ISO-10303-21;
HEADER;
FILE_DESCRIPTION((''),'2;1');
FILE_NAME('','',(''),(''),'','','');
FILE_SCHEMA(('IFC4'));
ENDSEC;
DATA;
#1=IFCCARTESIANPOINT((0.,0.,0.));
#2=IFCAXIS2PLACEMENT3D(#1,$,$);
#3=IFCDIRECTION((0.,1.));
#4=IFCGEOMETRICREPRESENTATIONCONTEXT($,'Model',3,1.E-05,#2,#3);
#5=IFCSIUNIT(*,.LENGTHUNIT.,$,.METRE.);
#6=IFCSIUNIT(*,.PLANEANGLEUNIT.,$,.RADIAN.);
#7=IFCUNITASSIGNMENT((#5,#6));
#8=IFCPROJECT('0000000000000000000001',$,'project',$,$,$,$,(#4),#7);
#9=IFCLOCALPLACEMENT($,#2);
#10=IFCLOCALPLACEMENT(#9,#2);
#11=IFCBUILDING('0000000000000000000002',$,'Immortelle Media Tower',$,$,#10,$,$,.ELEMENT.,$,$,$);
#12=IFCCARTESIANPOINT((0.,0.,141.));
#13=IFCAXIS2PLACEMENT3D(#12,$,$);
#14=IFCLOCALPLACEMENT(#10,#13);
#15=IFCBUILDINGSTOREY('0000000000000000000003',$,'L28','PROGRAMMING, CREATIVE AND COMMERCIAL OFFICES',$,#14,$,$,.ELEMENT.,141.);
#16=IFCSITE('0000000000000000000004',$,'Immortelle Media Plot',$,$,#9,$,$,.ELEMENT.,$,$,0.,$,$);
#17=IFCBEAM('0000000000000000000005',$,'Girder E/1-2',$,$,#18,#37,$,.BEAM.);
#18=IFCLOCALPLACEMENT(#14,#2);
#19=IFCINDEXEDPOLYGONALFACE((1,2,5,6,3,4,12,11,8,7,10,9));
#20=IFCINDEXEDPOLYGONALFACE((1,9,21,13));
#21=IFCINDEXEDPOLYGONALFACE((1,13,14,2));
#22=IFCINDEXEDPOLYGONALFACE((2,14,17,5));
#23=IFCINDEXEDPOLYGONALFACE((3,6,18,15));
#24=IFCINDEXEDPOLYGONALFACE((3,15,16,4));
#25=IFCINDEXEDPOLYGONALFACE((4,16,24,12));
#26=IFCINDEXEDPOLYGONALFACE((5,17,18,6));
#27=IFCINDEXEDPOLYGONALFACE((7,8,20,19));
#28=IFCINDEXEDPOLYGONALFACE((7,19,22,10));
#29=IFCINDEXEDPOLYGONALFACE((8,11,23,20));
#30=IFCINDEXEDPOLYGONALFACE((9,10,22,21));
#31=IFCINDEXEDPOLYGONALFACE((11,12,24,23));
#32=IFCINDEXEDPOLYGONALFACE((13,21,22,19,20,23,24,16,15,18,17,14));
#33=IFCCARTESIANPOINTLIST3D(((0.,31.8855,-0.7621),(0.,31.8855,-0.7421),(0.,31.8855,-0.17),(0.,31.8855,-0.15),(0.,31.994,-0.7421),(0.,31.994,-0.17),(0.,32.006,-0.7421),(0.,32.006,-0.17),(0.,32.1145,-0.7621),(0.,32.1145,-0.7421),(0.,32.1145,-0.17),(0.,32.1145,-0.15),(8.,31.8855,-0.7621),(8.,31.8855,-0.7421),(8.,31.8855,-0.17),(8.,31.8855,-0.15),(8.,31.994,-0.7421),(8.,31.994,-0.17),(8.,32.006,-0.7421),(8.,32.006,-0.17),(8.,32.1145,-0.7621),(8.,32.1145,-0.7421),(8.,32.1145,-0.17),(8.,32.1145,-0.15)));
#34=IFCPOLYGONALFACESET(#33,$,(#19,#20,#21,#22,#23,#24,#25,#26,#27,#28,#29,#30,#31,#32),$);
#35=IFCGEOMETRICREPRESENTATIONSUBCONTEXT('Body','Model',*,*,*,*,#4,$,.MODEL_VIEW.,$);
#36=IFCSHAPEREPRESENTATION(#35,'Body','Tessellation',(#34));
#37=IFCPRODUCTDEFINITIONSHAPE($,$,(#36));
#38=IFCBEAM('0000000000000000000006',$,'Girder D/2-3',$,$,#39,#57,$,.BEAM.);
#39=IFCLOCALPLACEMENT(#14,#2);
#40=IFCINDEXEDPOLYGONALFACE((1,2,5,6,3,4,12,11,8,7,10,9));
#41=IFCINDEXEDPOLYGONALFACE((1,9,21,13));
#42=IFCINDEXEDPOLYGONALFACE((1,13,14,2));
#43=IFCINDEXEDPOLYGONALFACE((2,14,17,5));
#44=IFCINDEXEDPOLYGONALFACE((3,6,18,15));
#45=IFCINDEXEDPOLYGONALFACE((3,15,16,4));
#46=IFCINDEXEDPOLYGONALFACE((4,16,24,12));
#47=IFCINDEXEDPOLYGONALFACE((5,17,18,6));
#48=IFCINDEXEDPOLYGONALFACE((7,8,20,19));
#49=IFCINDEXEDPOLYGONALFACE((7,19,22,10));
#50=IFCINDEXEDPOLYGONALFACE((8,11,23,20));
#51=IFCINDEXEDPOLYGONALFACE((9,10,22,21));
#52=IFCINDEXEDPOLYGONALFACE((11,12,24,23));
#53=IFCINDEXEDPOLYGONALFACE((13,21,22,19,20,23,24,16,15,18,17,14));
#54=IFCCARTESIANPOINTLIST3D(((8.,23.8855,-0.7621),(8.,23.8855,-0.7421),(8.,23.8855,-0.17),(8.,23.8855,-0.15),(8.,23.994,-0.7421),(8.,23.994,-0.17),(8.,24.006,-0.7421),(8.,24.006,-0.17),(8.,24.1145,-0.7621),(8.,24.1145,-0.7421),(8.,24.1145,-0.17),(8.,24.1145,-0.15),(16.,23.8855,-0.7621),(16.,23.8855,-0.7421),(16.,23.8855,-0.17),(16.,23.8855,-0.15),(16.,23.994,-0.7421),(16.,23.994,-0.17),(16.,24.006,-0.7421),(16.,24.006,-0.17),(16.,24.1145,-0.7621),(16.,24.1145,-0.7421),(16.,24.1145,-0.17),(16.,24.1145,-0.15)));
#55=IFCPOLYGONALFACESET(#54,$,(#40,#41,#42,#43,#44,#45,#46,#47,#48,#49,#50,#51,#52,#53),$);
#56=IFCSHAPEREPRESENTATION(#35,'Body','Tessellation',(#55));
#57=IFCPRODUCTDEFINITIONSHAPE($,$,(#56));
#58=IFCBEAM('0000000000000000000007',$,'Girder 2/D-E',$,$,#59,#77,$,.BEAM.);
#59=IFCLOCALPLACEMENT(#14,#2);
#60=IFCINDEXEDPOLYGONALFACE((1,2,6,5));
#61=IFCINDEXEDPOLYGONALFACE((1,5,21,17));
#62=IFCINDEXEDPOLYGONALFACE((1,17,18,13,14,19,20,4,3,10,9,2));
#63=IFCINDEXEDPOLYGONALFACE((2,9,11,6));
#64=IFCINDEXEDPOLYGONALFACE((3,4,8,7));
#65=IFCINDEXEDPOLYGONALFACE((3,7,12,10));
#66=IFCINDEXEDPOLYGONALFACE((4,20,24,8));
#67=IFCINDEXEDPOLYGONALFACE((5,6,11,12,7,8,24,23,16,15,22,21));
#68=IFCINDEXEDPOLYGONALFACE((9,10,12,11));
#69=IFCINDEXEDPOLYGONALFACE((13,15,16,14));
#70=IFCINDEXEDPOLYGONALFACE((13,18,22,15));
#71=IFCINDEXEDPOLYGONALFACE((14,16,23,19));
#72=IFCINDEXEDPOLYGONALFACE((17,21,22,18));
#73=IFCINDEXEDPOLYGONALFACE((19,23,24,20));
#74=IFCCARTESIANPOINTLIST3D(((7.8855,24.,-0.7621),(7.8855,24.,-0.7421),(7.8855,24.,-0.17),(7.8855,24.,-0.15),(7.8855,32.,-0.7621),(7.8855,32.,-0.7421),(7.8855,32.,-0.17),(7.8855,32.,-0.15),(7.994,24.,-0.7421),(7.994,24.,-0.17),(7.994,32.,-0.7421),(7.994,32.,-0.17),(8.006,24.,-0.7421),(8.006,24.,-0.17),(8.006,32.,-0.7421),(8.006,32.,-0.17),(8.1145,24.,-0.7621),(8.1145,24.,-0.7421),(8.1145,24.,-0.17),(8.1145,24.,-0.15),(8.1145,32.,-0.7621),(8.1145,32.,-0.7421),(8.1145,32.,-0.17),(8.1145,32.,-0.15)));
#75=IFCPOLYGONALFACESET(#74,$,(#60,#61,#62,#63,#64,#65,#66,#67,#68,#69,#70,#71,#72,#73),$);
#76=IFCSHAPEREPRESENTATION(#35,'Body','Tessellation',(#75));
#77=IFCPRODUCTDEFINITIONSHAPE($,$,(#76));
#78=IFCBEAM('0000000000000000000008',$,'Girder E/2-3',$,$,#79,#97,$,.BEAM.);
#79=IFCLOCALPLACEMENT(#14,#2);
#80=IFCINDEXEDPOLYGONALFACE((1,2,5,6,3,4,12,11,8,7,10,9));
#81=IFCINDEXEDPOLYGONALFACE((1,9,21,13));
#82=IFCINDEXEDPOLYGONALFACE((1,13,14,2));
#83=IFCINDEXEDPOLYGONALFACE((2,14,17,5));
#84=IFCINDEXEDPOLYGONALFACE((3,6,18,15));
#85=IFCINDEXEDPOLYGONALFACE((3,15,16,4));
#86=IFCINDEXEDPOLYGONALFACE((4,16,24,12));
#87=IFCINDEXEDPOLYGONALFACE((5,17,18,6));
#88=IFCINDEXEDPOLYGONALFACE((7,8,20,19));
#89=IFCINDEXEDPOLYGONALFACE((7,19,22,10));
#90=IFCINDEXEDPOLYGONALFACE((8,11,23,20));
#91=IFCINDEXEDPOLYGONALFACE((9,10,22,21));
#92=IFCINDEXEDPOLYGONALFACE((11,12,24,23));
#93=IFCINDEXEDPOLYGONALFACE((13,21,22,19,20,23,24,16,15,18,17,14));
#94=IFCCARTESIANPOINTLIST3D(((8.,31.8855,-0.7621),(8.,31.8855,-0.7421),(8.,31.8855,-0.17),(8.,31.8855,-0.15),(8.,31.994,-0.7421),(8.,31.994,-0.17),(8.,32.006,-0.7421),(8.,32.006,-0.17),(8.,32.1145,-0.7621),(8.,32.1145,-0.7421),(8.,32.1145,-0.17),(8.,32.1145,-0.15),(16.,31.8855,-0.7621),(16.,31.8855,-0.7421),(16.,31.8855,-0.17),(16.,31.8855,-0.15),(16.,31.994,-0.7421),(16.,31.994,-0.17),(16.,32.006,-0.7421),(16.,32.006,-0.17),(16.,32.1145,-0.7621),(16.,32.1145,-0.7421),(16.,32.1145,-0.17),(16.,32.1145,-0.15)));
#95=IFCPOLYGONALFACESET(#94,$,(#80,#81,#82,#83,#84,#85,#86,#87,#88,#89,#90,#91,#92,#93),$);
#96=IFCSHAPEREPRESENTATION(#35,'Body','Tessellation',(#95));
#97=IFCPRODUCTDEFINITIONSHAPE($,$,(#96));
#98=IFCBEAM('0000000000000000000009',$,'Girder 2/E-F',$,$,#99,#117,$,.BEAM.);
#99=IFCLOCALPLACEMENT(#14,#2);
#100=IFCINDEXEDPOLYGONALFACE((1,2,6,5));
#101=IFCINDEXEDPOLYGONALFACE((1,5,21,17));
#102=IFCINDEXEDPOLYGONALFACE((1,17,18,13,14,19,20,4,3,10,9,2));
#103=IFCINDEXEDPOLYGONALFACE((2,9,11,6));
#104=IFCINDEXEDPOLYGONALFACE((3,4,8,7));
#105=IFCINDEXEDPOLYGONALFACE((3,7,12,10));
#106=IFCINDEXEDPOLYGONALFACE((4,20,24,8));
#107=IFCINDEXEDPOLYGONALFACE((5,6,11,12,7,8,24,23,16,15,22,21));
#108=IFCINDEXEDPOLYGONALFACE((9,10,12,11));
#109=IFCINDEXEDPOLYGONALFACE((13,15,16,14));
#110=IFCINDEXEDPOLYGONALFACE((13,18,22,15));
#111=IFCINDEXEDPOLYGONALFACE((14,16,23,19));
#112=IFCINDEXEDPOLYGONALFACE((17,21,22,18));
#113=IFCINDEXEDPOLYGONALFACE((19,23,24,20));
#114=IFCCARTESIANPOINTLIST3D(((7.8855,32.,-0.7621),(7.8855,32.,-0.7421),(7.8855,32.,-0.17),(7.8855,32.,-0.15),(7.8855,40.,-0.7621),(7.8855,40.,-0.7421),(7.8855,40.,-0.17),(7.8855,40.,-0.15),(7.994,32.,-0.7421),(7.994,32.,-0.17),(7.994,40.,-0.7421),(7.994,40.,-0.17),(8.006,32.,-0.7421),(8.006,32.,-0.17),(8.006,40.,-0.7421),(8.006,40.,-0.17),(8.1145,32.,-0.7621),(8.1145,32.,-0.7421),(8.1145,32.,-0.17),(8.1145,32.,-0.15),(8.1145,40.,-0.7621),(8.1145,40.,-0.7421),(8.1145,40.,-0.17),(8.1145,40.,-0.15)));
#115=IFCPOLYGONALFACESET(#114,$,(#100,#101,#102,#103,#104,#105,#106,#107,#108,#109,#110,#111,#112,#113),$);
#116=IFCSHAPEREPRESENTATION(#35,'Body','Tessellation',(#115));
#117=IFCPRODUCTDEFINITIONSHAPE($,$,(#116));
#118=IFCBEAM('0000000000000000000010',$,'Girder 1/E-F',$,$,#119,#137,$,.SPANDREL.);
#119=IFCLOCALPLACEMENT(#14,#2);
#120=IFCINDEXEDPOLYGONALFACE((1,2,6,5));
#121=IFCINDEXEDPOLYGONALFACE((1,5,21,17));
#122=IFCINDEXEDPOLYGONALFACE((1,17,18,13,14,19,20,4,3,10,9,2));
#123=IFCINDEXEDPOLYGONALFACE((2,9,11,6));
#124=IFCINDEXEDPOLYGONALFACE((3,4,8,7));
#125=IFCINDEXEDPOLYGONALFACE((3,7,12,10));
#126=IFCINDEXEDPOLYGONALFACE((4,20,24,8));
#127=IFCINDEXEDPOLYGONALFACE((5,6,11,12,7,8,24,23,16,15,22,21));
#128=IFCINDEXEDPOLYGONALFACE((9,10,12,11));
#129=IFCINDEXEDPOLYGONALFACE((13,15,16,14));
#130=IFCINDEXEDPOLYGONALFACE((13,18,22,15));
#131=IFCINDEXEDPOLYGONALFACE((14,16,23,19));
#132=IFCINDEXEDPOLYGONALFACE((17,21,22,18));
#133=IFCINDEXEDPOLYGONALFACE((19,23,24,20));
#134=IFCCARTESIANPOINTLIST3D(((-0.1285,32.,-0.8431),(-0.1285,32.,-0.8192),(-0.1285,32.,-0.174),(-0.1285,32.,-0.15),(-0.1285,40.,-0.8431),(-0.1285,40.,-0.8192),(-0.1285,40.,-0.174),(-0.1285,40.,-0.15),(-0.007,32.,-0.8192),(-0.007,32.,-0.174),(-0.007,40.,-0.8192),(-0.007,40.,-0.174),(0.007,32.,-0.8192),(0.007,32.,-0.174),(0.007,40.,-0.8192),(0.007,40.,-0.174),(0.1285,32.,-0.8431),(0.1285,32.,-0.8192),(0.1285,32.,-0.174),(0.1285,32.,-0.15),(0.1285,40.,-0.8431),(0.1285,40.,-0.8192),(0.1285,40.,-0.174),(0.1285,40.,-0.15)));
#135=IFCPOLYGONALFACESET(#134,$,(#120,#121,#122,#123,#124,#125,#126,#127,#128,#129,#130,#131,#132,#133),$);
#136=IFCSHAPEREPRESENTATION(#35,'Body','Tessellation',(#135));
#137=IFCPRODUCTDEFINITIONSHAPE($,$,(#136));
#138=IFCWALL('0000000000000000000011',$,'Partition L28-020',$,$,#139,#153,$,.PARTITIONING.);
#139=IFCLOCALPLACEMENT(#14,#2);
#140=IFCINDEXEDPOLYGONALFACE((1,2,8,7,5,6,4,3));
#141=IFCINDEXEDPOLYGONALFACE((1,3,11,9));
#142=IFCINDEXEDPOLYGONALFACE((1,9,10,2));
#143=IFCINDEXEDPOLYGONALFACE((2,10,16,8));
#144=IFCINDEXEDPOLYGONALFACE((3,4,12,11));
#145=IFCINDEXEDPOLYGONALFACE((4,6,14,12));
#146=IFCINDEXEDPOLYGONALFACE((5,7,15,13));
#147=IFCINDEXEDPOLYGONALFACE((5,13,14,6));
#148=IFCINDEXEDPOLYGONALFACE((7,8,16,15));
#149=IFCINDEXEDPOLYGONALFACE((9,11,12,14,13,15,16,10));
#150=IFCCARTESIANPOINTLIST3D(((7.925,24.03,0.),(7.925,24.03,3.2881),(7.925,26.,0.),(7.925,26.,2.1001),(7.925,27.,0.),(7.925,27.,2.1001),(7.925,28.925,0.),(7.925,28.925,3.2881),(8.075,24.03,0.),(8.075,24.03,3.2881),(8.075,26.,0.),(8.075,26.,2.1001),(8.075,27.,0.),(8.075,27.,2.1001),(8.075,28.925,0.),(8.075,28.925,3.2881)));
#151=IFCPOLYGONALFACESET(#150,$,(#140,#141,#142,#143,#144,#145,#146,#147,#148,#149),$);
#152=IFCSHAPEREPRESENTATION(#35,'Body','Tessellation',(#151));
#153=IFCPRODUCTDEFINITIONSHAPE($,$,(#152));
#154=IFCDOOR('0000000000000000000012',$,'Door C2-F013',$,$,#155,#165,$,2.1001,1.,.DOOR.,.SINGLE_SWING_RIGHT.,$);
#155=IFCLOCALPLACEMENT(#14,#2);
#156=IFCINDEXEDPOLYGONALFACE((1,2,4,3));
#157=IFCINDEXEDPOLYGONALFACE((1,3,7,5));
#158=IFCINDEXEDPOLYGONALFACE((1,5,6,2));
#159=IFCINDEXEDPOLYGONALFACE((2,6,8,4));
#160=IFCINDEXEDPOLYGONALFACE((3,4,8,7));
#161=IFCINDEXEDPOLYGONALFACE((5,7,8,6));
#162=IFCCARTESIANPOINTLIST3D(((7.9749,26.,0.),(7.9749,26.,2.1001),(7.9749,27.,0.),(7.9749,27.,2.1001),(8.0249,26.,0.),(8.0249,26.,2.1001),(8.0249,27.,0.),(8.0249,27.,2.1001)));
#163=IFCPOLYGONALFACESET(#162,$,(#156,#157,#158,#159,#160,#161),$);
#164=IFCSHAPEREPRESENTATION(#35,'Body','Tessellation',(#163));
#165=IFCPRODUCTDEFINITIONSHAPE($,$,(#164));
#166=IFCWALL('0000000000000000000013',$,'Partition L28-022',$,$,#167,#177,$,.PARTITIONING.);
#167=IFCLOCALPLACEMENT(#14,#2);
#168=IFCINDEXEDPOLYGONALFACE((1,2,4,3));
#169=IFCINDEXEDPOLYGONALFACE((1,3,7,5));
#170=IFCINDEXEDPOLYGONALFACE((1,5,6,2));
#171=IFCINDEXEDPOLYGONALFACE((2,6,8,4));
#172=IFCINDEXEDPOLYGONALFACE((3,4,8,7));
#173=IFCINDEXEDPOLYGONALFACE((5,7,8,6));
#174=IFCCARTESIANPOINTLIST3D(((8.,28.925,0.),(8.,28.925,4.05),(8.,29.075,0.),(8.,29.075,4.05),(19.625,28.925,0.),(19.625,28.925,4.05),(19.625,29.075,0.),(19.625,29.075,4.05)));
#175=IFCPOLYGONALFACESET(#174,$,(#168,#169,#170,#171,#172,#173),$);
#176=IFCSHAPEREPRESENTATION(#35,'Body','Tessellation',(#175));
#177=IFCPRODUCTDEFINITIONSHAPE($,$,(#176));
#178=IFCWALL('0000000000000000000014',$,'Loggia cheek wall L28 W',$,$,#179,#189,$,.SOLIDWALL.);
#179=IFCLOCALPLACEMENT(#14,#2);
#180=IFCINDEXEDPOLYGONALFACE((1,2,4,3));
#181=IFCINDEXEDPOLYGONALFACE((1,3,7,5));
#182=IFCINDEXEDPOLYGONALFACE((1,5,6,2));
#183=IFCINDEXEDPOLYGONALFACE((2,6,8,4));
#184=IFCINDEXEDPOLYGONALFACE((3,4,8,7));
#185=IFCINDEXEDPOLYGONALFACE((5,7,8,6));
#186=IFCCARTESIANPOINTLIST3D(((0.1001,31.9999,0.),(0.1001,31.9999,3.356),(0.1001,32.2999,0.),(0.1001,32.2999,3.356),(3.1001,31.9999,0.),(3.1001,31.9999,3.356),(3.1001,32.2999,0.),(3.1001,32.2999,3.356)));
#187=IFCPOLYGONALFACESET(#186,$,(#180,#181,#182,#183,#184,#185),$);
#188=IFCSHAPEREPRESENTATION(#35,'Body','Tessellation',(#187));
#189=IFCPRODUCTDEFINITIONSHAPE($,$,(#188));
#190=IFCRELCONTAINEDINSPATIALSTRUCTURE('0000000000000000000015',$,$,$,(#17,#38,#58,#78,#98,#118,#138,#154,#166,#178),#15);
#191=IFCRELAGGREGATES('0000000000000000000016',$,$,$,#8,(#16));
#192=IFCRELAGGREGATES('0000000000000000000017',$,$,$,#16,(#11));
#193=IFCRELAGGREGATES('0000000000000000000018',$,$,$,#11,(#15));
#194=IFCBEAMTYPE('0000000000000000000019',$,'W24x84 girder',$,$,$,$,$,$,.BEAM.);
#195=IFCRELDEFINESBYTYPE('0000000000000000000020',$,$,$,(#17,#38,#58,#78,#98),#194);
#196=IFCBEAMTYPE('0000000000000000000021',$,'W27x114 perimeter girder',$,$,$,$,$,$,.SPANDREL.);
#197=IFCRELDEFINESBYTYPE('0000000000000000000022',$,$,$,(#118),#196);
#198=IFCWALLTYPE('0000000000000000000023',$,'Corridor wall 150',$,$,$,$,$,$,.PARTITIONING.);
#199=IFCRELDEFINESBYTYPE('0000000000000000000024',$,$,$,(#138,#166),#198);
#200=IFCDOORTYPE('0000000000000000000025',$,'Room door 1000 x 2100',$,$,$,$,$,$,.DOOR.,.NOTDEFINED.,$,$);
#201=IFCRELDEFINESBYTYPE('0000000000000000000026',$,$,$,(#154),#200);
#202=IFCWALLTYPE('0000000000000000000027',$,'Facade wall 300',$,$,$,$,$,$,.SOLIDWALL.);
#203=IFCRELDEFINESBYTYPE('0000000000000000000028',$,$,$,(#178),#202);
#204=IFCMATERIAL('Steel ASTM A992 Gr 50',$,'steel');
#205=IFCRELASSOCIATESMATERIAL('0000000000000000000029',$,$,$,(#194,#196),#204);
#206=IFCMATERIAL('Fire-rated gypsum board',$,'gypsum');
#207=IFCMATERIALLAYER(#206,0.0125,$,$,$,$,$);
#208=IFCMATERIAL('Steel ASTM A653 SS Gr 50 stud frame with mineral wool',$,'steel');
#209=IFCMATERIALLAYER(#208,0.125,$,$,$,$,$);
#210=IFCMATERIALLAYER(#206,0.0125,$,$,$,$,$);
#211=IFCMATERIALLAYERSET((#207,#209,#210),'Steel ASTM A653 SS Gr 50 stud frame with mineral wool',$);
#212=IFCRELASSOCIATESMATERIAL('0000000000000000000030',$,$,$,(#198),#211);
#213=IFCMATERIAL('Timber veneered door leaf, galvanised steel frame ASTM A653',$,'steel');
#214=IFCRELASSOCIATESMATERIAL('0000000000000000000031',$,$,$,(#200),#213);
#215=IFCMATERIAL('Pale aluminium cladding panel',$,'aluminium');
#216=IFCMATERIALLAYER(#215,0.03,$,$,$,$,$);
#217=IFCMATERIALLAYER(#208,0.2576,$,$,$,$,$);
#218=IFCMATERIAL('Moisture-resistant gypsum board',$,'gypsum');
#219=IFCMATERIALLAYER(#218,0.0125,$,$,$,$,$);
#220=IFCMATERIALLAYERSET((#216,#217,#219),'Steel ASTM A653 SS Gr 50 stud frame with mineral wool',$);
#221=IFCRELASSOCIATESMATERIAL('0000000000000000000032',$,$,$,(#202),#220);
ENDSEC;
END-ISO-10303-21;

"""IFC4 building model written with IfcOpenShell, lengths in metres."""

from ifc_helpers import new_model, si_unit, direction, frame, frame_2d, origin, origin_2d, place, context, subcontext, project, spatial, rectangle, i_section, extrude, material, layer, layer_set, material_profile, profile_set, type_object, element, fill, save


model = new_model("IFC4")

# Units and contexts
model_context = context("Model", 3, precision=1e-05, world=origin(), true_north=direction((0.0, 1.0)))
body_context = subcontext(model_context, "Body", "Model", "MODEL_VIEW")
ifc_project = project(units=[si_unit("LENGTHUNIT", "METRE"), si_unit("PLANEANGLEUNIT", "RADIAN")], contexts=[model_context])

# Site, building, storey
site_placement = place(None, origin())
site = spatial("IfcSite", under=ifc_project, at=site_placement, Name="Immortelle Media Plot", CompositionType="ELEMENT", RefElevation=0.0)
building_placement = place(site_placement, origin())
building = spatial("IfcBuilding", under=site, at=building_placement, Name="Immortelle Media Tower", CompositionType="ELEMENT")
storey_placement = place(building_placement, frame((0.0, 0.0, 141.0)))
storey = spatial("IfcBuildingStorey", under=building, at=storey_placement, Name="L28", Description="PROGRAMMING, CREATIVE AND COMMERCIAL OFFICES", CompositionType="ELEMENT", Elevation=141.0)

# Shared definitions
ifc_material_1 = material(Name="Steel ASTM A992 Gr 50", Category="steel")

# Beams
ifc_material_profile_1 = material_profile(ifc_material_1, i_section(OverallWidth=0.229, OverallDepth=0.6121, WebThickness=0.012, FlangeThickness=0.02, at=origin_2d()), Name="W24x84")
ifc_profile_set_1 = profile_set([ifc_material_profile_1], Name="Steel ASTM A992 Gr 50")
beam_type_1 = type_object("IfcBeamType", Name="W24x84 girder", PredefinedType="BEAM", material=ifc_profile_set_1)
for number, where, z_axis, x_axis, name in (
    (1, (0.0, 32.0, -0.4561), (1.0, 0.0, 0.0), (0.0, 1.0, 0.0), "Girder E/1-2"),
    (2, (8.0, 24.0, -0.4561), (1.0, 0.0, 0.0), (0.0, 1.0, 0.0), "Girder D/2-3"),
    (3, (8.0, 24.0, -0.4561), (0.0, 1.0, 0.0), (-1.0, 0.0, 0.0), "Girder 2/D-E"),
    (4, (8.0, 32.0, -0.4561), (1.0, 0.0, 0.0), (0.0, 1.0, 0.0), "Girder E/2-3"),
    (5, (8.0, 32.0, -0.4561), (0.0, 1.0, 0.0), (-1.0, 0.0, 0.0), "Girder 2/E-F"),
):
    element("IfcBeam", number, at=place(storey_placement, frame(where, z_axis=z_axis, x_axis=x_axis)), inside=storey, type_object=beam_type_1, Name=name, PredefinedType="BEAM", context=body_context, shape_type="SweptSolid", body=[
        extrude(i_section(OverallWidth=0.229, OverallDepth=0.6121, WebThickness=0.012, FlangeThickness=0.02, at=origin_2d()), origin(), (0.0, 0.0, 1.0), 8.0),
    ])
ifc_material_profile_2 = material_profile(ifc_material_1, i_section(OverallWidth=0.2571, OverallDepth=0.6931, WebThickness=0.0139, FlangeThickness=0.0239, at=origin_2d()), Name="W27x114")
ifc_profile_set_2 = profile_set([ifc_material_profile_2], Name="Steel ASTM A992 Gr 50")
beam_type_2 = type_object("IfcBeamType", Name="W27x114 perimeter girder", PredefinedType="SPANDREL", material=ifc_profile_set_2)
beam_1_placement = place(storey_placement, frame((0.0, 32.0, -0.4966), z_axis=(0.0, 1.0, 0.0), x_axis=(-1.0, 0.0, 0.0)))
element("IfcBeam", 6, at=beam_1_placement, inside=storey, type_object=beam_type_2, Name="Girder 1/E-F", PredefinedType="SPANDREL", context=body_context, shape_type="SweptSolid", body=[
    extrude(i_section(OverallWidth=0.2571, OverallDepth=0.6931, WebThickness=0.0139, FlangeThickness=0.0239, at=origin_2d()), origin(), (0.0, 0.0, 1.0), 8.0),
])

# Wall, opening, door
ifc_material_2 = material(Name="Fire-rated gypsum board", Category="gypsum")
ifc_layer_1 = layer(ifc_material_2, 0.0125)
ifc_material_3 = material(Name="Steel ASTM A653 SS Gr 50 stud frame with mineral wool", Category="steel")
ifc_layer_2 = layer(ifc_material_3, 0.125)
ifc_layer_3 = layer(ifc_material_2, 0.0125)
ifc_layer_set_1 = layer_set([ifc_layer_1, ifc_layer_2, ifc_layer_3], Name="Steel ASTM A653 SS Gr 50 stud frame with mineral wool")
wall_type_1 = type_object("IfcWallType", Name="Corridor wall 150", PredefinedType="PARTITIONING", material=ifc_layer_set_1)
wall_1_placement = place(storey_placement, frame((8.0, 24.03, 0.0), z_axis=(0.0, 0.0, 1.0), x_axis=(0.0, 1.0, 0.0)))
wall_1 = element("IfcWall", 7, at=wall_1_placement, inside=storey, type_object=wall_type_1, Name="Partition L28-020", PredefinedType="PARTITIONING", context=body_context, shape_type="SweptSolid", body=[
    extrude(rectangle(XDim=4.895, YDim=0.1499, at=frame_2d((2.4475, 0.0))), origin(), (0.0, 0.0, 1.0), 3.2881),
])
opening_1_placement = place(wall_1_placement, frame((2.97, 0.0, 0.0), z_axis=(0.0, 0.0, 1.0), x_axis=(-1.0, 0.0, 0.0)))
opening_1 = element("IfcOpeningElement", 8, at=opening_1_placement, cuts=wall_1, PredefinedType="OPENING", context=body_context, shape_type="SweptSolid", body=[
    extrude(rectangle(XDim=1.0, YDim=2.1001, at=frame_2d((0.5, 1.05))), frame((0.0, 0.085, 0.0), z_axis=(0.0, -1.0, 0.0), x_axis=(1.0, 0.0, 0.0)), (0.0, 0.0, 1.0), 0.1699),
])
ifc_material_4 = material(Name="Timber veneered door leaf, galvanised steel frame ASTM A653", Category="steel")
door_type_1 = type_object("IfcDoorType", Name="Room door 1000 x 2100", OperationType="NOTDEFINED", PredefinedType="DOOR", material=ifc_material_4)
door_1_placement = place(opening_1_placement, origin())
door_1 = element("IfcDoor", 9, at=door_1_placement, inside=storey, type_object=door_type_1, Name="Door C2-F013", OperationType="SINGLE_SWING_RIGHT", OverallHeight=2.1001, OverallWidth=1.0, PredefinedType="DOOR", context=body_context, shape_type="SweptSolid", body=[
    extrude(rectangle(XDim=1.0, YDim=2.1001, at=frame_2d((0.5, 1.05))), frame((0.0, 0.0249, 0.0), z_axis=(0.0, -1.0, 0.0), x_axis=(1.0, 0.0, 0.0)), (0.0, 0.0, 1.0), 0.05),
])
fill(opening_1, door_1)

# Walls
wall_2_placement = place(storey_placement, frame((8.0, 29.0, 0.0), z_axis=(0.0, 0.0, 1.0), x_axis=(1.0, 0.0, 0.0)))
element("IfcWall", 10, at=wall_2_placement, inside=storey, type_object=wall_type_1, Name="Partition L28-022", PredefinedType="PARTITIONING", context=body_context, shape_type="SweptSolid", body=[
    extrude(rectangle(XDim=11.625, YDim=0.1499, at=frame_2d((5.8125, 0.0))), origin(), (0.0, 0.0, 1.0), 4.05),
])
ifc_material_5 = material(Name="Pale aluminium cladding panel", Category="aluminium")
ifc_layer_4 = layer(ifc_material_5, 0.03)
ifc_layer_5 = layer(ifc_material_3, 0.2576)
ifc_material_6 = material(Name="Moisture-resistant gypsum board", Category="gypsum")
ifc_layer_6 = layer(ifc_material_6, 0.0125)
ifc_layer_set_2 = layer_set([ifc_layer_4, ifc_layer_5, ifc_layer_6], Name="Steel ASTM A653 SS Gr 50 stud frame with mineral wool")
wall_type_2 = type_object("IfcWallType", Name="Facade wall 300", PredefinedType="SOLIDWALL", material=ifc_layer_set_2)
wall_3_placement = place(storey_placement, frame((0.1001, 32.1499, 0.0), z_axis=(0.0, 0.0, 1.0), x_axis=(1.0, 0.0, 0.0)))
element("IfcWall", 11, at=wall_3_placement, inside=storey, type_object=wall_type_2, Name="Loggia cheek wall L28 W", PredefinedType="SOLIDWALL", context=body_context, shape_type="SweptSolid", body=[
    extrude(rectangle(XDim=3.0, YDim=0.3, at=frame_2d((1.5, 0.0))), origin(), (0.0, 0.0, 1.0), 3.356),
])

save(model, "model.ifc")
